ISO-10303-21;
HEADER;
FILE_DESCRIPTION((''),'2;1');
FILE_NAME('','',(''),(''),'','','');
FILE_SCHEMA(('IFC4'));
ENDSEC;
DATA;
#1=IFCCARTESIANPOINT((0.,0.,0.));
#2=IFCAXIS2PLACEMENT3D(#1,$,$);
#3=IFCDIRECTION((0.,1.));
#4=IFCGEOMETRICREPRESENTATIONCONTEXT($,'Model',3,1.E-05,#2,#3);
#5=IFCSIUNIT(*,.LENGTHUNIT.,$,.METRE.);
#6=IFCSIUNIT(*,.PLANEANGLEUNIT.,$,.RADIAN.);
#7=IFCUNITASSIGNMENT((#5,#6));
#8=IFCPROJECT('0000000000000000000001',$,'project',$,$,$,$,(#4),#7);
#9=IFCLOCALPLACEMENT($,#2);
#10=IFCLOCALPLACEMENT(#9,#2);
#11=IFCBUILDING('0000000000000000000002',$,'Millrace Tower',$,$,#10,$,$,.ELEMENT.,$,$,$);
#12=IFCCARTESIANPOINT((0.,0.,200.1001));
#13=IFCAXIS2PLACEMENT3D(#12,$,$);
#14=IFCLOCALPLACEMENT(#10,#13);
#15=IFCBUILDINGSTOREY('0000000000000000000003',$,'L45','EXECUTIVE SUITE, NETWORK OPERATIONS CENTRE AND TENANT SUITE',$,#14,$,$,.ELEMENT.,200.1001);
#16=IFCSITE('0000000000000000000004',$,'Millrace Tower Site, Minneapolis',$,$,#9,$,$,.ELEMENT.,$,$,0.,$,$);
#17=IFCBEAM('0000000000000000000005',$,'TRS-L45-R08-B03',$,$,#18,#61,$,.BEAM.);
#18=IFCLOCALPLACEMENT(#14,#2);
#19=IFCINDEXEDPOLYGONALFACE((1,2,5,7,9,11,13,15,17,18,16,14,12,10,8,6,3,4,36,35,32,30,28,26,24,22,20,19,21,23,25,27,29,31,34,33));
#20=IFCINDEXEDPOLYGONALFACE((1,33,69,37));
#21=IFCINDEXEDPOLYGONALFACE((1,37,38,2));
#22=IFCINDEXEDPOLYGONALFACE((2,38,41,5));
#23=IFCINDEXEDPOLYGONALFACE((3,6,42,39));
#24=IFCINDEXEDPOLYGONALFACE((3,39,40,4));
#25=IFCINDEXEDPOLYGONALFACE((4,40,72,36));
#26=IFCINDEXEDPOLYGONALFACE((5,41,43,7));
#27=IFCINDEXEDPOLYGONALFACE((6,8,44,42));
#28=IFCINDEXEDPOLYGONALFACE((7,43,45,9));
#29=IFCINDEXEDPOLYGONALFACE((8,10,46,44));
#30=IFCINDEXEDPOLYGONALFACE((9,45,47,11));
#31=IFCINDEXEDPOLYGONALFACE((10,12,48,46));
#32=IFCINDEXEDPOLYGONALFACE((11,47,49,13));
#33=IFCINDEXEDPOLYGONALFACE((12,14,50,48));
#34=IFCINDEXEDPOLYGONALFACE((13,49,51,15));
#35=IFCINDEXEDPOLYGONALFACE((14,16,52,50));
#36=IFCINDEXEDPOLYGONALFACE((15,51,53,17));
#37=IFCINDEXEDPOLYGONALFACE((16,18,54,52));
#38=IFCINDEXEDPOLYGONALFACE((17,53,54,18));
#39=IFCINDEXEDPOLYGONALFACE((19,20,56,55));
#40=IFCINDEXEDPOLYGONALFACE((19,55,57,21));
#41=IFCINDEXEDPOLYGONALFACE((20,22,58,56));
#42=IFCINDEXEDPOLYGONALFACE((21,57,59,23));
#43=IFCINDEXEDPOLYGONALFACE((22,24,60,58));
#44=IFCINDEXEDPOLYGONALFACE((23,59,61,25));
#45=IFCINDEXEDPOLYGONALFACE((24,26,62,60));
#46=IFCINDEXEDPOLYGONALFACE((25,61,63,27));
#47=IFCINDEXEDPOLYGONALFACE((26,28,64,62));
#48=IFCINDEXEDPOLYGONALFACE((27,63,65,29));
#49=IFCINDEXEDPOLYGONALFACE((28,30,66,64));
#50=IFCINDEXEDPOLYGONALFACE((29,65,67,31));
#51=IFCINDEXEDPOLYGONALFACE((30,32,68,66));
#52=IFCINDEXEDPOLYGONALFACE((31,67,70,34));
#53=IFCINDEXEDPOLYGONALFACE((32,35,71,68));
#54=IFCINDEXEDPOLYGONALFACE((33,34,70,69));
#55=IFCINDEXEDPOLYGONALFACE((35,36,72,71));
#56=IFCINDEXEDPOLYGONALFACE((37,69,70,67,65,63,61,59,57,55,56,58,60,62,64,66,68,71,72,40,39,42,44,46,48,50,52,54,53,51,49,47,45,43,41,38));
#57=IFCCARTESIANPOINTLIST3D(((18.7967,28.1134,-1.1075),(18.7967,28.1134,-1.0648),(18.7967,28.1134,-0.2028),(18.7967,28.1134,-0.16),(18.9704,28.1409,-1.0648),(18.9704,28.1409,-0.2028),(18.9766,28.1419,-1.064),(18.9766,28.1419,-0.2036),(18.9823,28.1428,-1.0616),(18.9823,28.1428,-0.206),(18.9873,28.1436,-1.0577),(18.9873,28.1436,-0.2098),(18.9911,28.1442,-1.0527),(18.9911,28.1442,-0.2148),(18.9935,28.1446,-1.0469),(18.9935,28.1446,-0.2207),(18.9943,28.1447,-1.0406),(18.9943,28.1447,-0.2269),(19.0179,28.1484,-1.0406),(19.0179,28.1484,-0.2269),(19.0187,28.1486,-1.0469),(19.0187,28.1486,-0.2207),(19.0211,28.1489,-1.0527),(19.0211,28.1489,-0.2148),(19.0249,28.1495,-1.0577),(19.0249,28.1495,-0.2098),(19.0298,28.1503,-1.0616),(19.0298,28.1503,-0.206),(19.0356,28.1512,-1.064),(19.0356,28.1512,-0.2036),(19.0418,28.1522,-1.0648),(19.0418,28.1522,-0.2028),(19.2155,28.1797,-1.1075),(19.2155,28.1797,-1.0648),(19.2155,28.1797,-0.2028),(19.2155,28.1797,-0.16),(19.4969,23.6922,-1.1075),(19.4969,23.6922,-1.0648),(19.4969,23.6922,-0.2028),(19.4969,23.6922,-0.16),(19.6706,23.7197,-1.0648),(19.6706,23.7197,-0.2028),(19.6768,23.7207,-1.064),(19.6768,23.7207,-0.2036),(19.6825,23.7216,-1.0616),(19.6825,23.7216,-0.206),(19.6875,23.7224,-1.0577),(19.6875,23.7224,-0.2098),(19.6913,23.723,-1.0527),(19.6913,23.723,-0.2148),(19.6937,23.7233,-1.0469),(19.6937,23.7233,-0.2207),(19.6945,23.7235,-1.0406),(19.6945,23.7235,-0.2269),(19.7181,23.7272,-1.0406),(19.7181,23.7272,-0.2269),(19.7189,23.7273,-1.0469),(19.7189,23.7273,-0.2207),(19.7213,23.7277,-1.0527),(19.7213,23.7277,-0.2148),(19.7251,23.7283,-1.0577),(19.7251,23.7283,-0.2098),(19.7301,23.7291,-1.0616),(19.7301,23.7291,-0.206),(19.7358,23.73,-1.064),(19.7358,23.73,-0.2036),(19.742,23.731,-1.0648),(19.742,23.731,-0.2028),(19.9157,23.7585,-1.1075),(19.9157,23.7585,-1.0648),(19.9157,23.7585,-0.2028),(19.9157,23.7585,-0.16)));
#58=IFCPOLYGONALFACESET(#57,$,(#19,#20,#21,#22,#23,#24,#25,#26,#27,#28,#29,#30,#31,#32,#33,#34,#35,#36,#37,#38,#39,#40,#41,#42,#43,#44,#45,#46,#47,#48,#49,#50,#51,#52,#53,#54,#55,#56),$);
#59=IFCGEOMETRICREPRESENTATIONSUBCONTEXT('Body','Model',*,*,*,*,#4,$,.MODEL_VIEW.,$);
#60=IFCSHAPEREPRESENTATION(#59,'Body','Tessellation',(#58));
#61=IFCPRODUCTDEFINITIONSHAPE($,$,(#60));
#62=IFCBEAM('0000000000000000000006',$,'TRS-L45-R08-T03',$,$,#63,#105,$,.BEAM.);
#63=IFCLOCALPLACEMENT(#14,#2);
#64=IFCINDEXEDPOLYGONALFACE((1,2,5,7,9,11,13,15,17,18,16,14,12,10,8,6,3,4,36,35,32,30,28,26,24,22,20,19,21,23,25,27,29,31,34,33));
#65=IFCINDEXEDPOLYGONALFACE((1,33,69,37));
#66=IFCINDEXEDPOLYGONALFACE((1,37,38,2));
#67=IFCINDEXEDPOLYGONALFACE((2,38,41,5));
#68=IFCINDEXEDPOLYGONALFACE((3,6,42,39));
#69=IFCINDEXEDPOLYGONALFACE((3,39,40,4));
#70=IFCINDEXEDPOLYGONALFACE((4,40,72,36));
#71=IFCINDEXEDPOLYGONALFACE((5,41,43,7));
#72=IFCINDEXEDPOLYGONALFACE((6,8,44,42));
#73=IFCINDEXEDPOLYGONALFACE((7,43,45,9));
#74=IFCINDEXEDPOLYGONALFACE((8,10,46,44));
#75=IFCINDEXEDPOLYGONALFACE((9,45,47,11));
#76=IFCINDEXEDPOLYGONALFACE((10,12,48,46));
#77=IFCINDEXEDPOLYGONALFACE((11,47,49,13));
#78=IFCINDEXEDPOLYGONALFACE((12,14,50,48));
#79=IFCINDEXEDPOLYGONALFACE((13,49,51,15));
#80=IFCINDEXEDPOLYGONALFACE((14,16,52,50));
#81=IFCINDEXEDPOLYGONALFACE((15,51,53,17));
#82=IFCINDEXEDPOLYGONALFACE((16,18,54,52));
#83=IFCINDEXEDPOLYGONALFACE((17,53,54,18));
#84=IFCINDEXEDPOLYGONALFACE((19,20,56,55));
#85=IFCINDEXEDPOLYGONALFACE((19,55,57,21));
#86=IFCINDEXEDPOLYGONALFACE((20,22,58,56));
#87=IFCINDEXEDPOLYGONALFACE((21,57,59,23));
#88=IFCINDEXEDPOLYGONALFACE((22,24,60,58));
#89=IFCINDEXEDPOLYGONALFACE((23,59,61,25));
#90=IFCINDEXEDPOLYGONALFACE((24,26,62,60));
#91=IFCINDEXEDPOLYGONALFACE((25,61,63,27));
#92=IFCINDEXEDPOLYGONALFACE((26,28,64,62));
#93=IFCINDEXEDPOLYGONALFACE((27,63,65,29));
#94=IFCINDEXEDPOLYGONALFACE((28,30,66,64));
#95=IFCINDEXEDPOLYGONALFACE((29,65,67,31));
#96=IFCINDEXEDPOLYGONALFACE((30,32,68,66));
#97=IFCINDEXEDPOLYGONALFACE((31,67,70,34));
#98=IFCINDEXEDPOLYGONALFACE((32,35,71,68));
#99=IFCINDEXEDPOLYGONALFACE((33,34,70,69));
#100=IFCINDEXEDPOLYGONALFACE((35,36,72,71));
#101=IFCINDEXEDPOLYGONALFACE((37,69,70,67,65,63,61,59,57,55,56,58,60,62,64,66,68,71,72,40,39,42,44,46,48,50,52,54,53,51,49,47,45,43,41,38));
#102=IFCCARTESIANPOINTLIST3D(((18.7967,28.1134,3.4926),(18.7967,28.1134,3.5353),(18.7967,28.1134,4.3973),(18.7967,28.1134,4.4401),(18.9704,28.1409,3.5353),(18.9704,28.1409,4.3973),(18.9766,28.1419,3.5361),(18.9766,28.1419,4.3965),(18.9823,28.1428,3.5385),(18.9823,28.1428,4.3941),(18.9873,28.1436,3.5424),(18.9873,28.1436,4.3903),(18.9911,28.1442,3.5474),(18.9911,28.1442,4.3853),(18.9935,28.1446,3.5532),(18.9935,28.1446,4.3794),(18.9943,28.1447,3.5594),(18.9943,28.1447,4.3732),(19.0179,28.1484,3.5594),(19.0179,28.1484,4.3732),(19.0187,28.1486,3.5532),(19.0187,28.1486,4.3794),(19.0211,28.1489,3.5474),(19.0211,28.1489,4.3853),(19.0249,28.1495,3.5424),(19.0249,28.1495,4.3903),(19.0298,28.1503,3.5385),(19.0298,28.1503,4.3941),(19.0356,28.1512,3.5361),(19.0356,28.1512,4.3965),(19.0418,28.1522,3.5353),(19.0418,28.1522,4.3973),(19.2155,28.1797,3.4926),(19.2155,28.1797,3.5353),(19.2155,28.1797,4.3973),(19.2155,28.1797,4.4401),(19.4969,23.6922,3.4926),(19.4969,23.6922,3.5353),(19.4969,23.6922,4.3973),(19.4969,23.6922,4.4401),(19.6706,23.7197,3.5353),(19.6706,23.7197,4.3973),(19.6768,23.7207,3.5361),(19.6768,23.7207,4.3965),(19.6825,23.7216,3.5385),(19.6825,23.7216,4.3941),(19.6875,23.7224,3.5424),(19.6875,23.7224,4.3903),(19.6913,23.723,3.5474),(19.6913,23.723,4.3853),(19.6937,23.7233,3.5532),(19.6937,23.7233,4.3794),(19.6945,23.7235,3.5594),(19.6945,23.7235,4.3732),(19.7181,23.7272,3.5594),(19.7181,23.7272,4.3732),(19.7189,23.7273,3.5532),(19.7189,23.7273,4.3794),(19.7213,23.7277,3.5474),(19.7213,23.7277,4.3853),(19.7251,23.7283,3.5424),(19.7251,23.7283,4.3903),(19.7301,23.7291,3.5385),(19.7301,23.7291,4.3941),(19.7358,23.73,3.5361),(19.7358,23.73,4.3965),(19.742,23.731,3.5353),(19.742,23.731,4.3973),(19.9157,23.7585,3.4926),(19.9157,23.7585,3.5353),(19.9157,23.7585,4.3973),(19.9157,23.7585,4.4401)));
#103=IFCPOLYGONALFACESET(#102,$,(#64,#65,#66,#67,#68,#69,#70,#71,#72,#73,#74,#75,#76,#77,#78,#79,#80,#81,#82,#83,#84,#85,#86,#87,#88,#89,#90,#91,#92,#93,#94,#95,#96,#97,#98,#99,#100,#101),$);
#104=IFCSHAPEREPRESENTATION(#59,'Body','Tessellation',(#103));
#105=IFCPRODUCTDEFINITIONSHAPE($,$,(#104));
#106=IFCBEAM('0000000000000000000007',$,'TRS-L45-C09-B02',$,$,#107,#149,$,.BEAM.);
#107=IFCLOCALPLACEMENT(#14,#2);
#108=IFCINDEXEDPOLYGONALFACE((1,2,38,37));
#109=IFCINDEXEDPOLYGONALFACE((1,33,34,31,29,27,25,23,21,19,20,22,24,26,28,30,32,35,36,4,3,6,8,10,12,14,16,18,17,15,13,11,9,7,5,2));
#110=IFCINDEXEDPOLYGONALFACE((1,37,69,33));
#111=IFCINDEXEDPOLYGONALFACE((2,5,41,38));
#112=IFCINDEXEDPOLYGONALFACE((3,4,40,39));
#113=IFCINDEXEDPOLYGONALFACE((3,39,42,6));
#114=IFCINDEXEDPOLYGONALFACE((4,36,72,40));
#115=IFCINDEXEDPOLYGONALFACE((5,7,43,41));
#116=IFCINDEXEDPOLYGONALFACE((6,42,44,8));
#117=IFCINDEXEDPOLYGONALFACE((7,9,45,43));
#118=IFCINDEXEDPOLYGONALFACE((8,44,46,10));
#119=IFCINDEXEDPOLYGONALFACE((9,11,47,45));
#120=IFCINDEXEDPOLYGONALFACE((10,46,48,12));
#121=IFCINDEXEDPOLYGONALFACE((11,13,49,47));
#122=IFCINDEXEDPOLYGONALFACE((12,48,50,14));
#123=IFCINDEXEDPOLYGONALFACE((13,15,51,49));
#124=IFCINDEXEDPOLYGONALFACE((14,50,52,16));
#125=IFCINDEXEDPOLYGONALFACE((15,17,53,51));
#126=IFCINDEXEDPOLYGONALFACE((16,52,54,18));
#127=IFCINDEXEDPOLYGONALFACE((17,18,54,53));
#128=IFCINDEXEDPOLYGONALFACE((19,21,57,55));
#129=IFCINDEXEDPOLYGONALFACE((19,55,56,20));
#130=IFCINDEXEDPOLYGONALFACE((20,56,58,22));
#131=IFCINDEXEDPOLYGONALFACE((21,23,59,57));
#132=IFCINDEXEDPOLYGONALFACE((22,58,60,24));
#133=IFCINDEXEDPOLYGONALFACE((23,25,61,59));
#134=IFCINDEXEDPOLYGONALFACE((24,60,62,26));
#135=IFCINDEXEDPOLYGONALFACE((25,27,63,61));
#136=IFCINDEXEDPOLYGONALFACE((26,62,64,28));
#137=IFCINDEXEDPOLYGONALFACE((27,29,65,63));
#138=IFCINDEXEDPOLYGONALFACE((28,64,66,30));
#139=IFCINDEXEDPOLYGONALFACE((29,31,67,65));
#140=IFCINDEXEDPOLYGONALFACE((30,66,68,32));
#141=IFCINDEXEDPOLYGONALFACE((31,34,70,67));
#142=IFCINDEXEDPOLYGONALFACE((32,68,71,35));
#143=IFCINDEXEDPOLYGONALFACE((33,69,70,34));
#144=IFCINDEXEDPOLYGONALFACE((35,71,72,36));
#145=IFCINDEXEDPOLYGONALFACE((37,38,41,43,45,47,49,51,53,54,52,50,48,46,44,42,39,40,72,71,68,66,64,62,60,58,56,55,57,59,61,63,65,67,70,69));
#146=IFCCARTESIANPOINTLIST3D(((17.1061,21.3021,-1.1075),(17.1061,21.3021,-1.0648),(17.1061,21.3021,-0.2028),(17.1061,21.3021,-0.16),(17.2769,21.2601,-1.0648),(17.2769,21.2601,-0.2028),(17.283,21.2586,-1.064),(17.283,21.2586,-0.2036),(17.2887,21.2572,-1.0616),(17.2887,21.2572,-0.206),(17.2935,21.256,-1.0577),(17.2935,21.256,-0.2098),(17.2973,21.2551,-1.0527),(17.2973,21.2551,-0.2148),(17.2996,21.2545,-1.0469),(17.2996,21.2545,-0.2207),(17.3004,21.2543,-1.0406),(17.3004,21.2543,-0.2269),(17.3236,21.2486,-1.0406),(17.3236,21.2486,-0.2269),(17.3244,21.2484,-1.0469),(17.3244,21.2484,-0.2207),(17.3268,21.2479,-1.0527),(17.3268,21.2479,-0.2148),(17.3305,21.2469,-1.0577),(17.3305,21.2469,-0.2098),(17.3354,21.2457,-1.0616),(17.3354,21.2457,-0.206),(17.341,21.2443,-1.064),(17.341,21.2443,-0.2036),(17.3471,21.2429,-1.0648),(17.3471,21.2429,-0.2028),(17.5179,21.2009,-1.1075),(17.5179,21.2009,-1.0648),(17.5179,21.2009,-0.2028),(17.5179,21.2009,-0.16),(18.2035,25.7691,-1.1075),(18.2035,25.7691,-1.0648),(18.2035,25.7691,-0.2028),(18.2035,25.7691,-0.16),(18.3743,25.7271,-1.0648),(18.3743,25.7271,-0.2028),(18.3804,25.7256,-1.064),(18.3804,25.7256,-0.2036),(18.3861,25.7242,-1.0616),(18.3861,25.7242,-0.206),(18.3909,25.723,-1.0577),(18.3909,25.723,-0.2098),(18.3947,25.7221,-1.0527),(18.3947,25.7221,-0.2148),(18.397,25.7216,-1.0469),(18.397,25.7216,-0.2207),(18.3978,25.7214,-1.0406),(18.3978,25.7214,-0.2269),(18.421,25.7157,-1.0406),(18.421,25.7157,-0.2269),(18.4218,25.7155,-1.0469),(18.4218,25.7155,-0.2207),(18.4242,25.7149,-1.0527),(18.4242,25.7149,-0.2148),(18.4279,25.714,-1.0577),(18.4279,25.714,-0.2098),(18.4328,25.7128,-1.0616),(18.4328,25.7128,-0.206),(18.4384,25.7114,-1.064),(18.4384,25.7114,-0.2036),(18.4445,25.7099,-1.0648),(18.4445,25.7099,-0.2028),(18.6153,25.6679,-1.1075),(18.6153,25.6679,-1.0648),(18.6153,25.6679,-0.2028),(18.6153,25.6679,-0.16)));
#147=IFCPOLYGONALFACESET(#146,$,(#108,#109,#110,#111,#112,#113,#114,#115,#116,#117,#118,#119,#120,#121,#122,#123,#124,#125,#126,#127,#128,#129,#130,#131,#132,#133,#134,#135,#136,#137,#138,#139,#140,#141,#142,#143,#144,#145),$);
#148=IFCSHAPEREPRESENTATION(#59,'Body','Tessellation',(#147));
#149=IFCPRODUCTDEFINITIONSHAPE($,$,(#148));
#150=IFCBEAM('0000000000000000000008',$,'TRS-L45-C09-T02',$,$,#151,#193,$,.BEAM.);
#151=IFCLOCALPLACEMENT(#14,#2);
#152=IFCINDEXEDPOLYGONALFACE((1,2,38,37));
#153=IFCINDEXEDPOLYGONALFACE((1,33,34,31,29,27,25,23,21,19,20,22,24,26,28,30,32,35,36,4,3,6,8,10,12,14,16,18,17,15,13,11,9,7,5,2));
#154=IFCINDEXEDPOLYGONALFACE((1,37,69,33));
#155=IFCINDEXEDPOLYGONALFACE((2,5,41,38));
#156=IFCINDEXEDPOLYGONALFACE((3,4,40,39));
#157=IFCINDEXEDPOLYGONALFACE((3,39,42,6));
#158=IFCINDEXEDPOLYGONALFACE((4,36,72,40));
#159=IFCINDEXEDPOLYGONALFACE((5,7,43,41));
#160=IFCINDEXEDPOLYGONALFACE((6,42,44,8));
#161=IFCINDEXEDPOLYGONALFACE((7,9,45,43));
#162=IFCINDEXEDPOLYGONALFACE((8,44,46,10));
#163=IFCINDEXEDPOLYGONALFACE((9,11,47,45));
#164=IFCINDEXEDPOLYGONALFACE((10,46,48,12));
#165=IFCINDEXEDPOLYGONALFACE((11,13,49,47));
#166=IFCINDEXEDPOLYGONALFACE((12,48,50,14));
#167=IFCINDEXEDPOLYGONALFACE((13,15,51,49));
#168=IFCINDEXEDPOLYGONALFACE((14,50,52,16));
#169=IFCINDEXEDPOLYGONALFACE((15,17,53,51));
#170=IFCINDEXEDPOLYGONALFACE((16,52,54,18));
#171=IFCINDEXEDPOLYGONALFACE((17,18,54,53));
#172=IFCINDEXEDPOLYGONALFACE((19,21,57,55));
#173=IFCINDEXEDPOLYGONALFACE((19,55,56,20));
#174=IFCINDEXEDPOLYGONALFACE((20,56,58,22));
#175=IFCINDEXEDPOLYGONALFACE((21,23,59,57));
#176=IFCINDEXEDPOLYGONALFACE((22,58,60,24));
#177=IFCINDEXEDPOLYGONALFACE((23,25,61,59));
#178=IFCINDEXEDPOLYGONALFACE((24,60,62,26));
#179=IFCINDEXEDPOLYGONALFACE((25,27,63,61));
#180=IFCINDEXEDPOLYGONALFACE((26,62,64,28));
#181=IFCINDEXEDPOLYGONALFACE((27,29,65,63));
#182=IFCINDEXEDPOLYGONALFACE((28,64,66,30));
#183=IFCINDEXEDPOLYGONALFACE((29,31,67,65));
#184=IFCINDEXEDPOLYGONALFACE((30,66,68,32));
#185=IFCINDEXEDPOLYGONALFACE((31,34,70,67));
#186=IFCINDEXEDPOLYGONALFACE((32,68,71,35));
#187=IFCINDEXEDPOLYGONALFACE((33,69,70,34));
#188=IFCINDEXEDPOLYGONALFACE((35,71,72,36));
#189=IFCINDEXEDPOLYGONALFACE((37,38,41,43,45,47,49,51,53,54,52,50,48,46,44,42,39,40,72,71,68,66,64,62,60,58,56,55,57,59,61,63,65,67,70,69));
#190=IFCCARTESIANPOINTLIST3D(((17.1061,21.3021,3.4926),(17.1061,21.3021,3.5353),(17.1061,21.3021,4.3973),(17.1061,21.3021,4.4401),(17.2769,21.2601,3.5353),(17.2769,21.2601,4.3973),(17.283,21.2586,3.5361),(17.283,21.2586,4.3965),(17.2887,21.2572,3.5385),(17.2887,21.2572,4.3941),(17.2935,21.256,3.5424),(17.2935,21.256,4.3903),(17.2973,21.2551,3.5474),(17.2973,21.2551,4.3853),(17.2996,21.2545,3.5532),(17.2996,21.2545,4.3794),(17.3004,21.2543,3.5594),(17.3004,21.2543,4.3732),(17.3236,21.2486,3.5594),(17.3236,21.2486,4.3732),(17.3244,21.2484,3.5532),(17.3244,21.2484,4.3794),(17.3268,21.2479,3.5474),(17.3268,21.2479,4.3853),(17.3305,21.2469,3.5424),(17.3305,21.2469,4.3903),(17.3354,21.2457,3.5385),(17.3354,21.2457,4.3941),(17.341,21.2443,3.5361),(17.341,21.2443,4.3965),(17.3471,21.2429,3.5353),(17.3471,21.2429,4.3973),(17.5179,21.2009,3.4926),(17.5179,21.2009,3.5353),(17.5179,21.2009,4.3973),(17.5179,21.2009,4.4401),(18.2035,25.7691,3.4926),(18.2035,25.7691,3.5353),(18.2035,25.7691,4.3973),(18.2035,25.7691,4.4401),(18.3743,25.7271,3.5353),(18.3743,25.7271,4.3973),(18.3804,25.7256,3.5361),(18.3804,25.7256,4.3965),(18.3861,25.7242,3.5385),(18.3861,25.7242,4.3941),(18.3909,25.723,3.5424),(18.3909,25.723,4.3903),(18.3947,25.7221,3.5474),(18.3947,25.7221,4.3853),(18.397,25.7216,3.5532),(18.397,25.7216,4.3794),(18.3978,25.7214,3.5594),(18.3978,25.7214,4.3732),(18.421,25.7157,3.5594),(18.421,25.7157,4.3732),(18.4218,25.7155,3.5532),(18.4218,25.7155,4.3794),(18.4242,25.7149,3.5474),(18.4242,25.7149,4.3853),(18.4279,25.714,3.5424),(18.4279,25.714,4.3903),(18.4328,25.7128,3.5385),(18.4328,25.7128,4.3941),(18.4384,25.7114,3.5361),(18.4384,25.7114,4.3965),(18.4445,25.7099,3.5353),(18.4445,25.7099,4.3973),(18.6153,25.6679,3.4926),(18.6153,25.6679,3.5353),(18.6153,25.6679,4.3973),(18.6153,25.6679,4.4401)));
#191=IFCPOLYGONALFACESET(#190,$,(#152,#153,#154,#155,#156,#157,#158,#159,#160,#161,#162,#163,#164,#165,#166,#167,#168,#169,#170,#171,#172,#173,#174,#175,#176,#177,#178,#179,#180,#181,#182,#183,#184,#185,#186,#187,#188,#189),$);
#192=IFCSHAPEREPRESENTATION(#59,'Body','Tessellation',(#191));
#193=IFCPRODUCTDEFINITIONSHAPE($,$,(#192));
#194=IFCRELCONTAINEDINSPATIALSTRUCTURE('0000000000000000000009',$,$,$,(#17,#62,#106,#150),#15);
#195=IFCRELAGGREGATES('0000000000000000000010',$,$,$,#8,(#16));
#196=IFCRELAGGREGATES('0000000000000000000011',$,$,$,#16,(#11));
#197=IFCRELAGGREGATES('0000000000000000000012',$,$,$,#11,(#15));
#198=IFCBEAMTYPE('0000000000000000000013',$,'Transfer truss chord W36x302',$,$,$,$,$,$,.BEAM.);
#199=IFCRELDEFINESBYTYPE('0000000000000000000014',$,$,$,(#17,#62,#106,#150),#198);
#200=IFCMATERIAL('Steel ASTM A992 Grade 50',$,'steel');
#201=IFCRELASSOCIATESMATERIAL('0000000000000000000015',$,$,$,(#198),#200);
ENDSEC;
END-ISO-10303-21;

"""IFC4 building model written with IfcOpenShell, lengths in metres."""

from ifc_helpers import new_model, si_unit, direction, frame, origin, origin_2d, place, context, subcontext, project, spatial, i_section, extrude, material, material_profile, profile_set, type_object, element, save


model = new_model("IFC4")

# Units and contexts
model_context = context("Model", 3, precision=1e-05, world=origin(), true_north=direction((0.0, 1.0)))
body_context = subcontext(model_context, "Body", "Model", "MODEL_VIEW")
ifc_project = project(units=[si_unit("LENGTHUNIT", "METRE"), si_unit("PLANEANGLEUNIT", "RADIAN")], contexts=[model_context])

# Site, building, storey
site_placement = place(None, origin())
site = spatial("IfcSite", under=ifc_project, at=site_placement, Name="Millrace Tower Site, Minneapolis", CompositionType="ELEMENT", RefElevation=0.0)
building_placement = place(site_placement, origin())
building = spatial("IfcBuilding", under=site, at=building_placement, Name="Millrace Tower", CompositionType="ELEMENT")
storey_placement = place(building_placement, frame((0.0, 0.0, 200.1001)))
storey = spatial("IfcBuildingStorey", under=building, at=storey_placement, Name="L45", Description="EXECUTIVE SUITE, NETWORK OPERATIONS CENTRE AND TENANT SUITE", CompositionType="ELEMENT", Elevation=200.1001)

# Beams
ifc_material_1 = material(Name="Steel ASTM A992 Grade 50", Category="steel")
ifc_material_profile_1 = material_profile(ifc_material_1, i_section(OverallWidth=0.4241, OverallDepth=0.9475, WebThickness=0.0239, FlangeThickness=0.0427, FilletRadius=0.0242, at=origin_2d()))
ifc_profile_set_1 = profile_set([ifc_material_profile_1], Name="Steel ASTM A992 Grade 50")
beam_type_1 = type_object("IfcBeamType", Name="Transfer truss chord W36x302", PredefinedType="BEAM", material=ifc_profile_set_1)
for number, where, z_axis, x_axis, name in (
    (1, (19.7063, 23.7253, -0.6338), (-0.156425, 0.98769, 0.0), (-0.98769, -0.156425, 0.0), "TRS-L45-R08-B03"),
    (2, (19.7063, 23.7253, 3.9663), (-0.156425, 0.98769, 0.0), (-0.98769, -0.156425, 0.0), "TRS-L45-R08-T03"),
):
    element("IfcBeam", number, at=place(storey_placement, frame(where, z_axis=z_axis, x_axis=x_axis)), inside=storey, type_object=beam_type_1, Name=name, PredefinedType="BEAM", context=body_context, shape_type="SweptSolid", body=[
        extrude(i_section(OverallWidth=0.4241, OverallDepth=0.9475, WebThickness=0.0239, FlangeThickness=0.0427, FilletRadius=0.0242, at=origin_2d()), origin(), (0.0, 0.0, 1.0), 4.4763),
    ])
for number, where, z_axis, x_axis, name in (
    (3, (18.4094, 25.7185, -0.6338), (-0.238575, -0.971124, 0.0), (0.971124, -0.238575, 0.0), "TRS-L45-C09-B02"),
    (4, (18.4094, 25.7185, 3.9663), (-0.238575, -0.971124, 0.0), (0.971124, -0.238575, 0.0), "TRS-L45-C09-T02"),
):
    element("IfcBeam", number, at=place(storey_placement, frame(where, z_axis=z_axis, x_axis=x_axis)), inside=storey, type_object=beam_type_1, Name=name, PredefinedType="BEAM", context=body_context, shape_type="SweptSolid", body=[
        extrude(i_section(OverallWidth=0.4241, OverallDepth=0.9475, WebThickness=0.0239, FlangeThickness=0.0427, FilletRadius=0.0242, at=origin_2d()), origin(), (0.0, 0.0, 1.0), 4.5999),
    ])

save(model, "model.ifc")
